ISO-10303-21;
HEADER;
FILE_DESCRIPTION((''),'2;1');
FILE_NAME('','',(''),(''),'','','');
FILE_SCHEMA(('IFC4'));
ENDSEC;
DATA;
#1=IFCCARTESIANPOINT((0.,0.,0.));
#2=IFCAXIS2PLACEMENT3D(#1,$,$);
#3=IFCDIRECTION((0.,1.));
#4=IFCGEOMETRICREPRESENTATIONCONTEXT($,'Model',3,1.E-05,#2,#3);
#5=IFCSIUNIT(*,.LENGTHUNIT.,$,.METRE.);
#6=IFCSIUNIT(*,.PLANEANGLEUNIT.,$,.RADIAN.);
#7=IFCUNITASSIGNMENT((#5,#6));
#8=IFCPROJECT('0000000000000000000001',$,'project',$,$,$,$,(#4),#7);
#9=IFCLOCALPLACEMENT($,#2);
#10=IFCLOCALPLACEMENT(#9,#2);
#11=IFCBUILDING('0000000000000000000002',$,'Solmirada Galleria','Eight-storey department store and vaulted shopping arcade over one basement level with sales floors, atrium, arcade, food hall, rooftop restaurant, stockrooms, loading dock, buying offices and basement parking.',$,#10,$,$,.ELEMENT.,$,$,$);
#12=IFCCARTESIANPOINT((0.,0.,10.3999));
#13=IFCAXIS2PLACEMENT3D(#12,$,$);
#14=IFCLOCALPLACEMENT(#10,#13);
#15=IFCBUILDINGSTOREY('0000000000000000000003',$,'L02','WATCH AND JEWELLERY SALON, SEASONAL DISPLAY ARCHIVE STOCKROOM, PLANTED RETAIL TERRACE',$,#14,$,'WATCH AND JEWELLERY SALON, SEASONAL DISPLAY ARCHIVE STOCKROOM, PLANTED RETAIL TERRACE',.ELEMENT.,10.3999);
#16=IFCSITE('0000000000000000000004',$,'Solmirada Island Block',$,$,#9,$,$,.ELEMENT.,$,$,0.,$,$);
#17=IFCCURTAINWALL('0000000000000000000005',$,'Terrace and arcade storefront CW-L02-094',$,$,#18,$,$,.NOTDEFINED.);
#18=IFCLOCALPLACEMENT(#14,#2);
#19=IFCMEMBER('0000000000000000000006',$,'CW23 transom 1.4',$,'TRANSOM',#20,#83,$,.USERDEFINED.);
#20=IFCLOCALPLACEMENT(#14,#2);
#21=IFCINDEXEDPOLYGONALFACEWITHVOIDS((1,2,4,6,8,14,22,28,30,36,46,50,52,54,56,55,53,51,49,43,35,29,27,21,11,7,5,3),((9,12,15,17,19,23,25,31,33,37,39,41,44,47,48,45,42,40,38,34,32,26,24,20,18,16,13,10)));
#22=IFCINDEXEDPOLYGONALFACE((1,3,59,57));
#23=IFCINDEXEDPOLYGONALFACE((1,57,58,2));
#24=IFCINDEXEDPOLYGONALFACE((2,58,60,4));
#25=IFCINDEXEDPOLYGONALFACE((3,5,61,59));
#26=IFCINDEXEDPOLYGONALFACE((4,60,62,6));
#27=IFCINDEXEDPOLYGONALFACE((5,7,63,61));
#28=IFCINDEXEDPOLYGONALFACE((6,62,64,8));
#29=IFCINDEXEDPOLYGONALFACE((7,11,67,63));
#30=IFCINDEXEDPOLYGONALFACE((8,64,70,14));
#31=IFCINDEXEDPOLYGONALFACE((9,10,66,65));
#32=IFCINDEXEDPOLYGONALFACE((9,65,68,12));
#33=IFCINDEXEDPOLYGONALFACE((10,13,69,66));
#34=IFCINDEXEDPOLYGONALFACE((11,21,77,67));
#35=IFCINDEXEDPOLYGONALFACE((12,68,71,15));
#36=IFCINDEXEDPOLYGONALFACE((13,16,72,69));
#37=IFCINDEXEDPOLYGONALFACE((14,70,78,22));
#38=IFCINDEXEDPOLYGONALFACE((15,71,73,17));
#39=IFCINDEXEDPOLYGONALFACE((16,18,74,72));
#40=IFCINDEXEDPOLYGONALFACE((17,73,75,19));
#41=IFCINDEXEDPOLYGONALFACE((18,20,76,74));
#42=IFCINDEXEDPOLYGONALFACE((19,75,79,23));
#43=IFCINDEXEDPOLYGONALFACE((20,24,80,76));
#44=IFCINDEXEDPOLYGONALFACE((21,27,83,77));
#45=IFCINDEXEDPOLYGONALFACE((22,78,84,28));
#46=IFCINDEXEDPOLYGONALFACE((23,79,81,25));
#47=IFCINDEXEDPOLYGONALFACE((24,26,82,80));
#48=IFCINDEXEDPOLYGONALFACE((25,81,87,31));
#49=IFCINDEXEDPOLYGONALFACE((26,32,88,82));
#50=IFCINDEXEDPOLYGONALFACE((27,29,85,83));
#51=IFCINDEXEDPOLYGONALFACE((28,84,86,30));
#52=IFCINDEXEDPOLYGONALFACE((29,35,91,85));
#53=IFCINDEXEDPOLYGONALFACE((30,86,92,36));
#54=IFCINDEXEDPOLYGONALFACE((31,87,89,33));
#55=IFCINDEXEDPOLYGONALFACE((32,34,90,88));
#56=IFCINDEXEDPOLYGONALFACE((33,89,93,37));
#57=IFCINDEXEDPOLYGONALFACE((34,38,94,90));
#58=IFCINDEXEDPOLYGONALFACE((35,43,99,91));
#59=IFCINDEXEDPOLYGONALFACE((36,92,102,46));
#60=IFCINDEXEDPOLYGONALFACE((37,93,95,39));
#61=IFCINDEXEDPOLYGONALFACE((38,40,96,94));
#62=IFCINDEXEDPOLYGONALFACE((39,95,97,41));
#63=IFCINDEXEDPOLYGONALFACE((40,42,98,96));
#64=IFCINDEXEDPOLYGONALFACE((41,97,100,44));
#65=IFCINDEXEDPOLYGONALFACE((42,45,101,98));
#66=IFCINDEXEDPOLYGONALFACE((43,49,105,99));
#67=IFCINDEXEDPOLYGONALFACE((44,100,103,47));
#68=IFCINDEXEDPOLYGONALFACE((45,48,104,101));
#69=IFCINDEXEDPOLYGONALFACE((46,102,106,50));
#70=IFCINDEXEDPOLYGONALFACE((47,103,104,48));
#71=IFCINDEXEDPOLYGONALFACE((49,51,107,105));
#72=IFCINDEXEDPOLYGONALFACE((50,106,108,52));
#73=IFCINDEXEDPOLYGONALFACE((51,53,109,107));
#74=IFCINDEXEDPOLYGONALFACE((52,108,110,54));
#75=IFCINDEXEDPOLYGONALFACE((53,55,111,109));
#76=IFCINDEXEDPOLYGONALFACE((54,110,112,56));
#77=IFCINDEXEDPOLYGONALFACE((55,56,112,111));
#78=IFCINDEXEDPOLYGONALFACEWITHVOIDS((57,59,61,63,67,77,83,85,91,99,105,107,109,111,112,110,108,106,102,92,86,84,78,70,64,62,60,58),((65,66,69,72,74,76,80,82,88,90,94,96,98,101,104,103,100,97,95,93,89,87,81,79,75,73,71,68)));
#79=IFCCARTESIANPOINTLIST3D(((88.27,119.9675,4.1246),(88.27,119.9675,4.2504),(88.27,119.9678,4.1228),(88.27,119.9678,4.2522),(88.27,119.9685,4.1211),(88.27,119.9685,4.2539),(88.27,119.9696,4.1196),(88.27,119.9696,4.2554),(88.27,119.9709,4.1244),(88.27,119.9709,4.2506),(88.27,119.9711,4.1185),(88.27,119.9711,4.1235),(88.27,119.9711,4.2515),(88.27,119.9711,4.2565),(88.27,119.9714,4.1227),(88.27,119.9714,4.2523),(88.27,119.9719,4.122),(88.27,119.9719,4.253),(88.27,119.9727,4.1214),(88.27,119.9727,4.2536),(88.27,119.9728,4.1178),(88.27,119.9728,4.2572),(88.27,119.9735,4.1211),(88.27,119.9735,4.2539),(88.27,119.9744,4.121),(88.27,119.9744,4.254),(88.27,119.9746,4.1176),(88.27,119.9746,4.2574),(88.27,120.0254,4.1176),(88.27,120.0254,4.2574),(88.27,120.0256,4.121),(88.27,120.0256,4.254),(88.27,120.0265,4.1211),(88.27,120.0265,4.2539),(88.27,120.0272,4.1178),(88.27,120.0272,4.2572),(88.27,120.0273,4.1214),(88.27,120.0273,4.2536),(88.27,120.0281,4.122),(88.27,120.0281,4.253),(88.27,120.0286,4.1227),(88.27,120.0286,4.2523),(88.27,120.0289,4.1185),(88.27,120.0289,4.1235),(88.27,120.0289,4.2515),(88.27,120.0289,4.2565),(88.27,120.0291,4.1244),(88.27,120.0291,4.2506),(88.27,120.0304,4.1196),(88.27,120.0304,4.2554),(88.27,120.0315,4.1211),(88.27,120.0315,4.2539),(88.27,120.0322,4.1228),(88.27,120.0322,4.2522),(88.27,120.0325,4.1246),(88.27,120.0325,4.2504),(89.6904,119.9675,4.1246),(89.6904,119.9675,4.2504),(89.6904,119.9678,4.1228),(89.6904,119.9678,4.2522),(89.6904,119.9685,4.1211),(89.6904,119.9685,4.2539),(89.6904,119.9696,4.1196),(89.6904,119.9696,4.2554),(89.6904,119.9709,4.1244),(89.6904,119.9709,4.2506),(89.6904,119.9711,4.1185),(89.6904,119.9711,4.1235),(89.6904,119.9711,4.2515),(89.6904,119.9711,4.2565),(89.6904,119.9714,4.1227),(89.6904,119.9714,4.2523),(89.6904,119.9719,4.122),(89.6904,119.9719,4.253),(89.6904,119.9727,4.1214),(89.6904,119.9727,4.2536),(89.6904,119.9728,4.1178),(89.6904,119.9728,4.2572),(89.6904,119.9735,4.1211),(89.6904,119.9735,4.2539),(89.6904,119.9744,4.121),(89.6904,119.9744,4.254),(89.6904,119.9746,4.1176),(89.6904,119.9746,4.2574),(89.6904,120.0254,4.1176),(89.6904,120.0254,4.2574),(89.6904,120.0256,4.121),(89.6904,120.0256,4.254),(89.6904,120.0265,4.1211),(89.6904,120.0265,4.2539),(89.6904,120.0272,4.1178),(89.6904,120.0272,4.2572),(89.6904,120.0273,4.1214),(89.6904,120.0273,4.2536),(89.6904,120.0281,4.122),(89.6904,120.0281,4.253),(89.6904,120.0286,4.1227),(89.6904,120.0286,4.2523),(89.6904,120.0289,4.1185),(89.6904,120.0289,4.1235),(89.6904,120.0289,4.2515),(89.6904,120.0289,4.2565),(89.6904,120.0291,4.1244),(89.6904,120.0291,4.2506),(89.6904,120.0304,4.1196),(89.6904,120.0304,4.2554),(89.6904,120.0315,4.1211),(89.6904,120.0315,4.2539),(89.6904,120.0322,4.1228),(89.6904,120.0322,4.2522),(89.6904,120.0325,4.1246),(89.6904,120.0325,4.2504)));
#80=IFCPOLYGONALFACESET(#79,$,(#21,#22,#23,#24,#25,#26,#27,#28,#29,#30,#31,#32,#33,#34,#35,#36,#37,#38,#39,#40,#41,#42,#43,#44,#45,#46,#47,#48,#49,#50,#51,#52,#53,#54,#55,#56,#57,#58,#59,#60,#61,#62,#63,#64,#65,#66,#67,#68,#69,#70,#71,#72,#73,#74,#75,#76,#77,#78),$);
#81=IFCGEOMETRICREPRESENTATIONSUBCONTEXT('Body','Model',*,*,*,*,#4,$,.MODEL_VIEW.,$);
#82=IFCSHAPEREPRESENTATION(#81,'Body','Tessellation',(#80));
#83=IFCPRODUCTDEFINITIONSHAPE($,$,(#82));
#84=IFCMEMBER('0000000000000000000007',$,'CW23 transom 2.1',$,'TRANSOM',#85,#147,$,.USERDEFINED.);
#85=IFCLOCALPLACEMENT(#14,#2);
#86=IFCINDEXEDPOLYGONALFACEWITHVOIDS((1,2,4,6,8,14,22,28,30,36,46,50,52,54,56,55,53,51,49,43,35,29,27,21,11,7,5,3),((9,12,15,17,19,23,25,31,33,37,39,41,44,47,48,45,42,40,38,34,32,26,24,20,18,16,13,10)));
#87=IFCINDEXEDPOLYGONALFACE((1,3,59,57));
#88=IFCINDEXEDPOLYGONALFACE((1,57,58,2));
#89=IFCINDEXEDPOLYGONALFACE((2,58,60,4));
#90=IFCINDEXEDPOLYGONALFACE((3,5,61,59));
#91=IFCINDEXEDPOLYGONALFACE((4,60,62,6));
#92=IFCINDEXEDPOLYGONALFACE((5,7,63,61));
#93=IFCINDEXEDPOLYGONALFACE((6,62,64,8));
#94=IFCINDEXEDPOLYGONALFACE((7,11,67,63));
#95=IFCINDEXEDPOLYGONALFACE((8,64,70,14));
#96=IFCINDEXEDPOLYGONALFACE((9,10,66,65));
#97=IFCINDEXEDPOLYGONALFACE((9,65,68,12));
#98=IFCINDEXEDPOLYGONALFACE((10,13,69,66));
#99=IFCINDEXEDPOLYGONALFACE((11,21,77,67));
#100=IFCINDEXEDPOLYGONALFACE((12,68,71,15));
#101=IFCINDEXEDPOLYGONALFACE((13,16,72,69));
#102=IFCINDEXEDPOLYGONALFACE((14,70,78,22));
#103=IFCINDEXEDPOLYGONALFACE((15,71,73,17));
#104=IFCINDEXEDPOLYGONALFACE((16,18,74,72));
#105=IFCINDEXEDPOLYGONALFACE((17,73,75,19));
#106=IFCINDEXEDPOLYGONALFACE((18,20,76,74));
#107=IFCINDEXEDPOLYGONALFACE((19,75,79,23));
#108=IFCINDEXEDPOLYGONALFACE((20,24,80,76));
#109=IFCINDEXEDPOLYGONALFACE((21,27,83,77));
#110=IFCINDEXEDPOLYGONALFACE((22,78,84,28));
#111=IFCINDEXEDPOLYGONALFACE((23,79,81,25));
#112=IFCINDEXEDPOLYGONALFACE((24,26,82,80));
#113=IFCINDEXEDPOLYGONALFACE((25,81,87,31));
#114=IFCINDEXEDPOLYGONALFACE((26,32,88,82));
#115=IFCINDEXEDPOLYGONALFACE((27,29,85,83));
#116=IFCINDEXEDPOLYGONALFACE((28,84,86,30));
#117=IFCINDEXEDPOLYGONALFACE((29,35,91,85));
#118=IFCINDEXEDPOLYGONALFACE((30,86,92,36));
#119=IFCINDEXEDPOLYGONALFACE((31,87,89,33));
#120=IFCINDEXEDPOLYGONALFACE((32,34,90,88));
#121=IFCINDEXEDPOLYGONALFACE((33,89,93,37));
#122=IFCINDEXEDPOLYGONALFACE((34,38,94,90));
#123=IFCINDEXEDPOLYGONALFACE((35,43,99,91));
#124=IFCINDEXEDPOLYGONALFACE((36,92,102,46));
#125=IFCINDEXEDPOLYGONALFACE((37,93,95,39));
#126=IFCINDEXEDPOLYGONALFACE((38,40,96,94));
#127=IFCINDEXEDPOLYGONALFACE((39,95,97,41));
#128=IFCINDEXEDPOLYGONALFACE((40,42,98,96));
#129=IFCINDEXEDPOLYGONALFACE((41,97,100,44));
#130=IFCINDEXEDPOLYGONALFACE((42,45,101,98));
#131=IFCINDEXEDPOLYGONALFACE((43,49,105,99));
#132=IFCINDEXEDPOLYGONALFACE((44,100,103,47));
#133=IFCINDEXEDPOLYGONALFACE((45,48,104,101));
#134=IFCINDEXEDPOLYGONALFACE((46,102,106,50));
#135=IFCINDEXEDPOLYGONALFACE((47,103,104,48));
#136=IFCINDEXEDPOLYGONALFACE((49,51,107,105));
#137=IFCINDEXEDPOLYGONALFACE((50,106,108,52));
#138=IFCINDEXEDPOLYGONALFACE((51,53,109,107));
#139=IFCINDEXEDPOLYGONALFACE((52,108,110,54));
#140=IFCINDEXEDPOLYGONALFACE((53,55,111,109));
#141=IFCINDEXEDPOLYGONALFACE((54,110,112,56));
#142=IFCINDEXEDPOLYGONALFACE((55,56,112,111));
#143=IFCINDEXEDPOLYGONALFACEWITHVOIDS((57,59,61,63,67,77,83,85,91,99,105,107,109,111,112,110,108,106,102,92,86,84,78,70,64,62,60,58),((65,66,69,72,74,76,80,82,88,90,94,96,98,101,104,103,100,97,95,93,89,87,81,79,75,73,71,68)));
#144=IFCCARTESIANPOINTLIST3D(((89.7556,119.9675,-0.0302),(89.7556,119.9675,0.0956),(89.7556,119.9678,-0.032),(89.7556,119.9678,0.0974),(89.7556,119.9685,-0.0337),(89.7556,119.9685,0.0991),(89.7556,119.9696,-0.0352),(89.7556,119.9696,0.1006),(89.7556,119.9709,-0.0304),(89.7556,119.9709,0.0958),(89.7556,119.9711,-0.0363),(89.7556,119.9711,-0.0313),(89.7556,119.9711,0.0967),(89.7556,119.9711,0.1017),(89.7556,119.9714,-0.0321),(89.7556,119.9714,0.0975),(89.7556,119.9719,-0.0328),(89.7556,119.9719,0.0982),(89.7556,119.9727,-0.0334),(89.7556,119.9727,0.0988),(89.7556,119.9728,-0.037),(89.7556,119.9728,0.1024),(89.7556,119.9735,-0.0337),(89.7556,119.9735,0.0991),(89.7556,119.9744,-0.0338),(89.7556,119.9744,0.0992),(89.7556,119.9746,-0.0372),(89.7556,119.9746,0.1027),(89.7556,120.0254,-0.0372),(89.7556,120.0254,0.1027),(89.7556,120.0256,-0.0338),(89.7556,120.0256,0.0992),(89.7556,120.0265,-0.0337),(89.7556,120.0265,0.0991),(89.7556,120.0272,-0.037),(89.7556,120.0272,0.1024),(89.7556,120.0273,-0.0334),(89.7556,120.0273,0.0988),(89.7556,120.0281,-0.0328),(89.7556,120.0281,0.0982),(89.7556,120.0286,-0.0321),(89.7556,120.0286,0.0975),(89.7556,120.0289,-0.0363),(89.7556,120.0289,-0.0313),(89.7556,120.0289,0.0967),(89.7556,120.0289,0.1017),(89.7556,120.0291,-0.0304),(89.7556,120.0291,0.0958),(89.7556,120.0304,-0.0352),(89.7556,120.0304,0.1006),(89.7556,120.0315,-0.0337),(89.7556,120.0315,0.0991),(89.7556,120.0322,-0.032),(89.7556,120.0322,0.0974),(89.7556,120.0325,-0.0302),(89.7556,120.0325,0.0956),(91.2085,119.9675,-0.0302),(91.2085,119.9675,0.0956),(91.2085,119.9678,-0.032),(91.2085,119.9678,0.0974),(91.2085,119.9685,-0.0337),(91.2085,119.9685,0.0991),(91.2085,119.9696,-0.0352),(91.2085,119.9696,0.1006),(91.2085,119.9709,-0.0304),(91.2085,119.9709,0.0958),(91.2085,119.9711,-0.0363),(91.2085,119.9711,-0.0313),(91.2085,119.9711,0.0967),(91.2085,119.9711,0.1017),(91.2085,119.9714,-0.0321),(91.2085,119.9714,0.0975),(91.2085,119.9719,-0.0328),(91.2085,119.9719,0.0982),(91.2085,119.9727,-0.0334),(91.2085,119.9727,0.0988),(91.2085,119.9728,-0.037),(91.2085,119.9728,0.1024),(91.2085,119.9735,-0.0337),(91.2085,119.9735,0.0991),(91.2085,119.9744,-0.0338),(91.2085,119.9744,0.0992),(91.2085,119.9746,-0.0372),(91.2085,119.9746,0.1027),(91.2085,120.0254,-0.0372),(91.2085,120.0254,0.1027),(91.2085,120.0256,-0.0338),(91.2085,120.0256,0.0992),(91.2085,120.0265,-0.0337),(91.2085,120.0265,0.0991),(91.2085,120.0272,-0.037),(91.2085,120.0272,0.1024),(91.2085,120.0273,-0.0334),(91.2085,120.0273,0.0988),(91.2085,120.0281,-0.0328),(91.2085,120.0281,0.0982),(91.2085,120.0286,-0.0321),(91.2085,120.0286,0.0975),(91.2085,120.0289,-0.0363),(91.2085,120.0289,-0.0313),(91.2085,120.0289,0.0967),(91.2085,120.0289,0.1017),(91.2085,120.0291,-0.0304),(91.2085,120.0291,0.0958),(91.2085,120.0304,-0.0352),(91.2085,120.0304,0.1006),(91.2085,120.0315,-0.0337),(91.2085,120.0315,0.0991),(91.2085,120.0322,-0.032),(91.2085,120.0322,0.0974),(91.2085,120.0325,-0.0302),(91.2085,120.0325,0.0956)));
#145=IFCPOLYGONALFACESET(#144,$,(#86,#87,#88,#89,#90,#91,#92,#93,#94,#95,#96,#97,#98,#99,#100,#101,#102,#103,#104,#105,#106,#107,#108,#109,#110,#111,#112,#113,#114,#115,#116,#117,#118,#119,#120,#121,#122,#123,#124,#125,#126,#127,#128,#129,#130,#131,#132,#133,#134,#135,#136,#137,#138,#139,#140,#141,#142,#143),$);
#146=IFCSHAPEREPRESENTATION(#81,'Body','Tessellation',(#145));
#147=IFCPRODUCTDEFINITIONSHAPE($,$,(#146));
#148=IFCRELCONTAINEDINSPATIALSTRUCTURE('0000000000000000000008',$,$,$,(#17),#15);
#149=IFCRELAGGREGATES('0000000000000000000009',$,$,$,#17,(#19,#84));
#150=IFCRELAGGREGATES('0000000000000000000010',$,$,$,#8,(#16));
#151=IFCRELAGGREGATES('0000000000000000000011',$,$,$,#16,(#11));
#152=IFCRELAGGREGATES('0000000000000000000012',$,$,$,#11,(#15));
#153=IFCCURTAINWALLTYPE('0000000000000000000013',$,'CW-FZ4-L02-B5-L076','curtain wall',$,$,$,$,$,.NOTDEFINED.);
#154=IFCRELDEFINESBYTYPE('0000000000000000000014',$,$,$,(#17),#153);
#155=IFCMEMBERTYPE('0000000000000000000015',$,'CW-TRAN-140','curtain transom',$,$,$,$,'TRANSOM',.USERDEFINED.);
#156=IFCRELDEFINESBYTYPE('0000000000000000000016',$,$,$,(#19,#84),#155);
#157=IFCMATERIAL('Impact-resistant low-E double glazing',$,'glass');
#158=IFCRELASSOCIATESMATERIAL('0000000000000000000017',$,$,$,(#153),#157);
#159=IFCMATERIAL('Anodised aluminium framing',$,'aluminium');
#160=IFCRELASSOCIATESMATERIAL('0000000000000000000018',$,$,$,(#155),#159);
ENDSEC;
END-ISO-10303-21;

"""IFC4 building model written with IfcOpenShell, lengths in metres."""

from ifc_helpers import new_model, si_unit, direction, frame, origin, origin_2d, place, context, subcontext, project, spatial, hollow_rectangle, extrude, material, material_profile, profile_set, type_object, element, aggregate, save


model = new_model("IFC4")

# Units and contexts
model_context = context("Model", 3, precision=1e-05, world=origin(), true_north=direction((0.0, 1.0)))
body_context = subcontext(model_context, "Body", "Model", "MODEL_VIEW")
ifc_project = project(units=[si_unit("LENGTHUNIT", "METRE"), si_unit("PLANEANGLEUNIT", "RADIAN")], contexts=[model_context])

# Site, building, storey
site_placement = place(None, origin())
site = spatial("IfcSite", under=ifc_project, at=site_placement, Name="Solmirada Island Block", CompositionType="ELEMENT", RefElevation=0.0)
building_placement = place(site_placement, origin())
building = spatial("IfcBuilding", under=site, at=building_placement, Name="Solmirada Galleria", Description="Eight-storey department store and vaulted shopping arcade over one basement level with sales floors, atrium, arcade, food hall, rooftop restaurant, stockrooms, loading dock, buying offices and basement parking.", CompositionType="ELEMENT")
storey_placement = place(building_placement, frame((0.0, 0.0, 10.3999)))
storey = spatial("IfcBuildingStorey", under=building, at=storey_placement, Name="L02", Description="WATCH AND JEWELLERY SALON, SEASONAL DISPLAY ARCHIVE STOCKROOM, PLANTED RETAIL TERRACE", LongName="WATCH AND JEWELLERY SALON, SEASONAL DISPLAY ARCHIVE STOCKROOM, PLANTED RETAIL TERRACE", CompositionType="ELEMENT", Elevation=10.3999)

# Curtain wall
ifc_material_1 = material(Name="Impact-resistant low-E double glazing", Category="glass")
curtain_wall_type = type_object("IfcCurtainWallType", Name="CW-FZ4-L02-B5-L076", Description="curtain wall", PredefinedType="NOTDEFINED", material=ifc_material_1)
ifc_material_2 = material(Name="Anodised aluminium framing", Category="aluminium")
curtain_wall_1_placement = place(storey_placement, origin())
curtain_wall_1 = element("IfcCurtainWall", 1, at=curtain_wall_1_placement, inside=storey, type_object=curtain_wall_type, Name="Terrace and arcade storefront CW-L02-094", PredefinedType="NOTDEFINED")

# Members
ifc_material_profile_1 = material_profile(ifc_material_2, hollow_rectangle(XDim=0.0649, YDim=0.1399, WallThickness=0.0034, InnerFilletRadius=0.0034, OuterFilletRadius=0.0071, at=origin_2d()), Name="ALU-TRAN-140X65")
ifc_profile_set_1 = profile_set([ifc_material_profile_1], Name="Anodised aluminium framing")
member_type_1 = type_object("IfcMemberType", Name="CW-TRAN-140", Description="curtain transom", ElementType="TRANSOM", PredefinedType="USERDEFINED", material=ifc_profile_set_1)
member_1_placement = place(storey_placement, frame((88.27, 120.0, 4.1875), z_axis=(1.0, 0.0, 0.0), x_axis=(0.0, 1.0, 0.0)))
member_1 = element("IfcMember", 2, at=member_1_placement, type_object=member_type_1, Name="CW23 transom 1.4", ObjectType="TRANSOM", PredefinedType="USERDEFINED", context=body_context, shape_type="SweptSolid", body=[
    extrude(hollow_rectangle(XDim=0.0649, YDim=0.1399, WallThickness=0.0034, InnerFilletRadius=0.0034, OuterFilletRadius=0.0071, at=origin_2d()), origin(), (0.0, 0.0, 1.0), 1.4204),
])
member_2_placement = place(storey_placement, frame((89.7556, 120.0, 0.0327), z_axis=(1.0, 0.0, 0.0), x_axis=(0.0, 1.0, 0.0)))
member_2 = element("IfcMember", 3, at=member_2_placement, type_object=member_type_1, Name="CW23 transom 2.1", ObjectType="TRANSOM", PredefinedType="USERDEFINED", context=body_context, shape_type="SweptSolid", body=[
    extrude(hollow_rectangle(XDim=0.0649, YDim=0.1399, WallThickness=0.0034, InnerFilletRadius=0.0034, OuterFilletRadius=0.0071, at=origin_2d()), origin(), (0.0, 0.0, 1.0), 1.4529),
])

aggregate(curtain_wall_1, [member_1, member_2])

save(model, "model.ifc")
